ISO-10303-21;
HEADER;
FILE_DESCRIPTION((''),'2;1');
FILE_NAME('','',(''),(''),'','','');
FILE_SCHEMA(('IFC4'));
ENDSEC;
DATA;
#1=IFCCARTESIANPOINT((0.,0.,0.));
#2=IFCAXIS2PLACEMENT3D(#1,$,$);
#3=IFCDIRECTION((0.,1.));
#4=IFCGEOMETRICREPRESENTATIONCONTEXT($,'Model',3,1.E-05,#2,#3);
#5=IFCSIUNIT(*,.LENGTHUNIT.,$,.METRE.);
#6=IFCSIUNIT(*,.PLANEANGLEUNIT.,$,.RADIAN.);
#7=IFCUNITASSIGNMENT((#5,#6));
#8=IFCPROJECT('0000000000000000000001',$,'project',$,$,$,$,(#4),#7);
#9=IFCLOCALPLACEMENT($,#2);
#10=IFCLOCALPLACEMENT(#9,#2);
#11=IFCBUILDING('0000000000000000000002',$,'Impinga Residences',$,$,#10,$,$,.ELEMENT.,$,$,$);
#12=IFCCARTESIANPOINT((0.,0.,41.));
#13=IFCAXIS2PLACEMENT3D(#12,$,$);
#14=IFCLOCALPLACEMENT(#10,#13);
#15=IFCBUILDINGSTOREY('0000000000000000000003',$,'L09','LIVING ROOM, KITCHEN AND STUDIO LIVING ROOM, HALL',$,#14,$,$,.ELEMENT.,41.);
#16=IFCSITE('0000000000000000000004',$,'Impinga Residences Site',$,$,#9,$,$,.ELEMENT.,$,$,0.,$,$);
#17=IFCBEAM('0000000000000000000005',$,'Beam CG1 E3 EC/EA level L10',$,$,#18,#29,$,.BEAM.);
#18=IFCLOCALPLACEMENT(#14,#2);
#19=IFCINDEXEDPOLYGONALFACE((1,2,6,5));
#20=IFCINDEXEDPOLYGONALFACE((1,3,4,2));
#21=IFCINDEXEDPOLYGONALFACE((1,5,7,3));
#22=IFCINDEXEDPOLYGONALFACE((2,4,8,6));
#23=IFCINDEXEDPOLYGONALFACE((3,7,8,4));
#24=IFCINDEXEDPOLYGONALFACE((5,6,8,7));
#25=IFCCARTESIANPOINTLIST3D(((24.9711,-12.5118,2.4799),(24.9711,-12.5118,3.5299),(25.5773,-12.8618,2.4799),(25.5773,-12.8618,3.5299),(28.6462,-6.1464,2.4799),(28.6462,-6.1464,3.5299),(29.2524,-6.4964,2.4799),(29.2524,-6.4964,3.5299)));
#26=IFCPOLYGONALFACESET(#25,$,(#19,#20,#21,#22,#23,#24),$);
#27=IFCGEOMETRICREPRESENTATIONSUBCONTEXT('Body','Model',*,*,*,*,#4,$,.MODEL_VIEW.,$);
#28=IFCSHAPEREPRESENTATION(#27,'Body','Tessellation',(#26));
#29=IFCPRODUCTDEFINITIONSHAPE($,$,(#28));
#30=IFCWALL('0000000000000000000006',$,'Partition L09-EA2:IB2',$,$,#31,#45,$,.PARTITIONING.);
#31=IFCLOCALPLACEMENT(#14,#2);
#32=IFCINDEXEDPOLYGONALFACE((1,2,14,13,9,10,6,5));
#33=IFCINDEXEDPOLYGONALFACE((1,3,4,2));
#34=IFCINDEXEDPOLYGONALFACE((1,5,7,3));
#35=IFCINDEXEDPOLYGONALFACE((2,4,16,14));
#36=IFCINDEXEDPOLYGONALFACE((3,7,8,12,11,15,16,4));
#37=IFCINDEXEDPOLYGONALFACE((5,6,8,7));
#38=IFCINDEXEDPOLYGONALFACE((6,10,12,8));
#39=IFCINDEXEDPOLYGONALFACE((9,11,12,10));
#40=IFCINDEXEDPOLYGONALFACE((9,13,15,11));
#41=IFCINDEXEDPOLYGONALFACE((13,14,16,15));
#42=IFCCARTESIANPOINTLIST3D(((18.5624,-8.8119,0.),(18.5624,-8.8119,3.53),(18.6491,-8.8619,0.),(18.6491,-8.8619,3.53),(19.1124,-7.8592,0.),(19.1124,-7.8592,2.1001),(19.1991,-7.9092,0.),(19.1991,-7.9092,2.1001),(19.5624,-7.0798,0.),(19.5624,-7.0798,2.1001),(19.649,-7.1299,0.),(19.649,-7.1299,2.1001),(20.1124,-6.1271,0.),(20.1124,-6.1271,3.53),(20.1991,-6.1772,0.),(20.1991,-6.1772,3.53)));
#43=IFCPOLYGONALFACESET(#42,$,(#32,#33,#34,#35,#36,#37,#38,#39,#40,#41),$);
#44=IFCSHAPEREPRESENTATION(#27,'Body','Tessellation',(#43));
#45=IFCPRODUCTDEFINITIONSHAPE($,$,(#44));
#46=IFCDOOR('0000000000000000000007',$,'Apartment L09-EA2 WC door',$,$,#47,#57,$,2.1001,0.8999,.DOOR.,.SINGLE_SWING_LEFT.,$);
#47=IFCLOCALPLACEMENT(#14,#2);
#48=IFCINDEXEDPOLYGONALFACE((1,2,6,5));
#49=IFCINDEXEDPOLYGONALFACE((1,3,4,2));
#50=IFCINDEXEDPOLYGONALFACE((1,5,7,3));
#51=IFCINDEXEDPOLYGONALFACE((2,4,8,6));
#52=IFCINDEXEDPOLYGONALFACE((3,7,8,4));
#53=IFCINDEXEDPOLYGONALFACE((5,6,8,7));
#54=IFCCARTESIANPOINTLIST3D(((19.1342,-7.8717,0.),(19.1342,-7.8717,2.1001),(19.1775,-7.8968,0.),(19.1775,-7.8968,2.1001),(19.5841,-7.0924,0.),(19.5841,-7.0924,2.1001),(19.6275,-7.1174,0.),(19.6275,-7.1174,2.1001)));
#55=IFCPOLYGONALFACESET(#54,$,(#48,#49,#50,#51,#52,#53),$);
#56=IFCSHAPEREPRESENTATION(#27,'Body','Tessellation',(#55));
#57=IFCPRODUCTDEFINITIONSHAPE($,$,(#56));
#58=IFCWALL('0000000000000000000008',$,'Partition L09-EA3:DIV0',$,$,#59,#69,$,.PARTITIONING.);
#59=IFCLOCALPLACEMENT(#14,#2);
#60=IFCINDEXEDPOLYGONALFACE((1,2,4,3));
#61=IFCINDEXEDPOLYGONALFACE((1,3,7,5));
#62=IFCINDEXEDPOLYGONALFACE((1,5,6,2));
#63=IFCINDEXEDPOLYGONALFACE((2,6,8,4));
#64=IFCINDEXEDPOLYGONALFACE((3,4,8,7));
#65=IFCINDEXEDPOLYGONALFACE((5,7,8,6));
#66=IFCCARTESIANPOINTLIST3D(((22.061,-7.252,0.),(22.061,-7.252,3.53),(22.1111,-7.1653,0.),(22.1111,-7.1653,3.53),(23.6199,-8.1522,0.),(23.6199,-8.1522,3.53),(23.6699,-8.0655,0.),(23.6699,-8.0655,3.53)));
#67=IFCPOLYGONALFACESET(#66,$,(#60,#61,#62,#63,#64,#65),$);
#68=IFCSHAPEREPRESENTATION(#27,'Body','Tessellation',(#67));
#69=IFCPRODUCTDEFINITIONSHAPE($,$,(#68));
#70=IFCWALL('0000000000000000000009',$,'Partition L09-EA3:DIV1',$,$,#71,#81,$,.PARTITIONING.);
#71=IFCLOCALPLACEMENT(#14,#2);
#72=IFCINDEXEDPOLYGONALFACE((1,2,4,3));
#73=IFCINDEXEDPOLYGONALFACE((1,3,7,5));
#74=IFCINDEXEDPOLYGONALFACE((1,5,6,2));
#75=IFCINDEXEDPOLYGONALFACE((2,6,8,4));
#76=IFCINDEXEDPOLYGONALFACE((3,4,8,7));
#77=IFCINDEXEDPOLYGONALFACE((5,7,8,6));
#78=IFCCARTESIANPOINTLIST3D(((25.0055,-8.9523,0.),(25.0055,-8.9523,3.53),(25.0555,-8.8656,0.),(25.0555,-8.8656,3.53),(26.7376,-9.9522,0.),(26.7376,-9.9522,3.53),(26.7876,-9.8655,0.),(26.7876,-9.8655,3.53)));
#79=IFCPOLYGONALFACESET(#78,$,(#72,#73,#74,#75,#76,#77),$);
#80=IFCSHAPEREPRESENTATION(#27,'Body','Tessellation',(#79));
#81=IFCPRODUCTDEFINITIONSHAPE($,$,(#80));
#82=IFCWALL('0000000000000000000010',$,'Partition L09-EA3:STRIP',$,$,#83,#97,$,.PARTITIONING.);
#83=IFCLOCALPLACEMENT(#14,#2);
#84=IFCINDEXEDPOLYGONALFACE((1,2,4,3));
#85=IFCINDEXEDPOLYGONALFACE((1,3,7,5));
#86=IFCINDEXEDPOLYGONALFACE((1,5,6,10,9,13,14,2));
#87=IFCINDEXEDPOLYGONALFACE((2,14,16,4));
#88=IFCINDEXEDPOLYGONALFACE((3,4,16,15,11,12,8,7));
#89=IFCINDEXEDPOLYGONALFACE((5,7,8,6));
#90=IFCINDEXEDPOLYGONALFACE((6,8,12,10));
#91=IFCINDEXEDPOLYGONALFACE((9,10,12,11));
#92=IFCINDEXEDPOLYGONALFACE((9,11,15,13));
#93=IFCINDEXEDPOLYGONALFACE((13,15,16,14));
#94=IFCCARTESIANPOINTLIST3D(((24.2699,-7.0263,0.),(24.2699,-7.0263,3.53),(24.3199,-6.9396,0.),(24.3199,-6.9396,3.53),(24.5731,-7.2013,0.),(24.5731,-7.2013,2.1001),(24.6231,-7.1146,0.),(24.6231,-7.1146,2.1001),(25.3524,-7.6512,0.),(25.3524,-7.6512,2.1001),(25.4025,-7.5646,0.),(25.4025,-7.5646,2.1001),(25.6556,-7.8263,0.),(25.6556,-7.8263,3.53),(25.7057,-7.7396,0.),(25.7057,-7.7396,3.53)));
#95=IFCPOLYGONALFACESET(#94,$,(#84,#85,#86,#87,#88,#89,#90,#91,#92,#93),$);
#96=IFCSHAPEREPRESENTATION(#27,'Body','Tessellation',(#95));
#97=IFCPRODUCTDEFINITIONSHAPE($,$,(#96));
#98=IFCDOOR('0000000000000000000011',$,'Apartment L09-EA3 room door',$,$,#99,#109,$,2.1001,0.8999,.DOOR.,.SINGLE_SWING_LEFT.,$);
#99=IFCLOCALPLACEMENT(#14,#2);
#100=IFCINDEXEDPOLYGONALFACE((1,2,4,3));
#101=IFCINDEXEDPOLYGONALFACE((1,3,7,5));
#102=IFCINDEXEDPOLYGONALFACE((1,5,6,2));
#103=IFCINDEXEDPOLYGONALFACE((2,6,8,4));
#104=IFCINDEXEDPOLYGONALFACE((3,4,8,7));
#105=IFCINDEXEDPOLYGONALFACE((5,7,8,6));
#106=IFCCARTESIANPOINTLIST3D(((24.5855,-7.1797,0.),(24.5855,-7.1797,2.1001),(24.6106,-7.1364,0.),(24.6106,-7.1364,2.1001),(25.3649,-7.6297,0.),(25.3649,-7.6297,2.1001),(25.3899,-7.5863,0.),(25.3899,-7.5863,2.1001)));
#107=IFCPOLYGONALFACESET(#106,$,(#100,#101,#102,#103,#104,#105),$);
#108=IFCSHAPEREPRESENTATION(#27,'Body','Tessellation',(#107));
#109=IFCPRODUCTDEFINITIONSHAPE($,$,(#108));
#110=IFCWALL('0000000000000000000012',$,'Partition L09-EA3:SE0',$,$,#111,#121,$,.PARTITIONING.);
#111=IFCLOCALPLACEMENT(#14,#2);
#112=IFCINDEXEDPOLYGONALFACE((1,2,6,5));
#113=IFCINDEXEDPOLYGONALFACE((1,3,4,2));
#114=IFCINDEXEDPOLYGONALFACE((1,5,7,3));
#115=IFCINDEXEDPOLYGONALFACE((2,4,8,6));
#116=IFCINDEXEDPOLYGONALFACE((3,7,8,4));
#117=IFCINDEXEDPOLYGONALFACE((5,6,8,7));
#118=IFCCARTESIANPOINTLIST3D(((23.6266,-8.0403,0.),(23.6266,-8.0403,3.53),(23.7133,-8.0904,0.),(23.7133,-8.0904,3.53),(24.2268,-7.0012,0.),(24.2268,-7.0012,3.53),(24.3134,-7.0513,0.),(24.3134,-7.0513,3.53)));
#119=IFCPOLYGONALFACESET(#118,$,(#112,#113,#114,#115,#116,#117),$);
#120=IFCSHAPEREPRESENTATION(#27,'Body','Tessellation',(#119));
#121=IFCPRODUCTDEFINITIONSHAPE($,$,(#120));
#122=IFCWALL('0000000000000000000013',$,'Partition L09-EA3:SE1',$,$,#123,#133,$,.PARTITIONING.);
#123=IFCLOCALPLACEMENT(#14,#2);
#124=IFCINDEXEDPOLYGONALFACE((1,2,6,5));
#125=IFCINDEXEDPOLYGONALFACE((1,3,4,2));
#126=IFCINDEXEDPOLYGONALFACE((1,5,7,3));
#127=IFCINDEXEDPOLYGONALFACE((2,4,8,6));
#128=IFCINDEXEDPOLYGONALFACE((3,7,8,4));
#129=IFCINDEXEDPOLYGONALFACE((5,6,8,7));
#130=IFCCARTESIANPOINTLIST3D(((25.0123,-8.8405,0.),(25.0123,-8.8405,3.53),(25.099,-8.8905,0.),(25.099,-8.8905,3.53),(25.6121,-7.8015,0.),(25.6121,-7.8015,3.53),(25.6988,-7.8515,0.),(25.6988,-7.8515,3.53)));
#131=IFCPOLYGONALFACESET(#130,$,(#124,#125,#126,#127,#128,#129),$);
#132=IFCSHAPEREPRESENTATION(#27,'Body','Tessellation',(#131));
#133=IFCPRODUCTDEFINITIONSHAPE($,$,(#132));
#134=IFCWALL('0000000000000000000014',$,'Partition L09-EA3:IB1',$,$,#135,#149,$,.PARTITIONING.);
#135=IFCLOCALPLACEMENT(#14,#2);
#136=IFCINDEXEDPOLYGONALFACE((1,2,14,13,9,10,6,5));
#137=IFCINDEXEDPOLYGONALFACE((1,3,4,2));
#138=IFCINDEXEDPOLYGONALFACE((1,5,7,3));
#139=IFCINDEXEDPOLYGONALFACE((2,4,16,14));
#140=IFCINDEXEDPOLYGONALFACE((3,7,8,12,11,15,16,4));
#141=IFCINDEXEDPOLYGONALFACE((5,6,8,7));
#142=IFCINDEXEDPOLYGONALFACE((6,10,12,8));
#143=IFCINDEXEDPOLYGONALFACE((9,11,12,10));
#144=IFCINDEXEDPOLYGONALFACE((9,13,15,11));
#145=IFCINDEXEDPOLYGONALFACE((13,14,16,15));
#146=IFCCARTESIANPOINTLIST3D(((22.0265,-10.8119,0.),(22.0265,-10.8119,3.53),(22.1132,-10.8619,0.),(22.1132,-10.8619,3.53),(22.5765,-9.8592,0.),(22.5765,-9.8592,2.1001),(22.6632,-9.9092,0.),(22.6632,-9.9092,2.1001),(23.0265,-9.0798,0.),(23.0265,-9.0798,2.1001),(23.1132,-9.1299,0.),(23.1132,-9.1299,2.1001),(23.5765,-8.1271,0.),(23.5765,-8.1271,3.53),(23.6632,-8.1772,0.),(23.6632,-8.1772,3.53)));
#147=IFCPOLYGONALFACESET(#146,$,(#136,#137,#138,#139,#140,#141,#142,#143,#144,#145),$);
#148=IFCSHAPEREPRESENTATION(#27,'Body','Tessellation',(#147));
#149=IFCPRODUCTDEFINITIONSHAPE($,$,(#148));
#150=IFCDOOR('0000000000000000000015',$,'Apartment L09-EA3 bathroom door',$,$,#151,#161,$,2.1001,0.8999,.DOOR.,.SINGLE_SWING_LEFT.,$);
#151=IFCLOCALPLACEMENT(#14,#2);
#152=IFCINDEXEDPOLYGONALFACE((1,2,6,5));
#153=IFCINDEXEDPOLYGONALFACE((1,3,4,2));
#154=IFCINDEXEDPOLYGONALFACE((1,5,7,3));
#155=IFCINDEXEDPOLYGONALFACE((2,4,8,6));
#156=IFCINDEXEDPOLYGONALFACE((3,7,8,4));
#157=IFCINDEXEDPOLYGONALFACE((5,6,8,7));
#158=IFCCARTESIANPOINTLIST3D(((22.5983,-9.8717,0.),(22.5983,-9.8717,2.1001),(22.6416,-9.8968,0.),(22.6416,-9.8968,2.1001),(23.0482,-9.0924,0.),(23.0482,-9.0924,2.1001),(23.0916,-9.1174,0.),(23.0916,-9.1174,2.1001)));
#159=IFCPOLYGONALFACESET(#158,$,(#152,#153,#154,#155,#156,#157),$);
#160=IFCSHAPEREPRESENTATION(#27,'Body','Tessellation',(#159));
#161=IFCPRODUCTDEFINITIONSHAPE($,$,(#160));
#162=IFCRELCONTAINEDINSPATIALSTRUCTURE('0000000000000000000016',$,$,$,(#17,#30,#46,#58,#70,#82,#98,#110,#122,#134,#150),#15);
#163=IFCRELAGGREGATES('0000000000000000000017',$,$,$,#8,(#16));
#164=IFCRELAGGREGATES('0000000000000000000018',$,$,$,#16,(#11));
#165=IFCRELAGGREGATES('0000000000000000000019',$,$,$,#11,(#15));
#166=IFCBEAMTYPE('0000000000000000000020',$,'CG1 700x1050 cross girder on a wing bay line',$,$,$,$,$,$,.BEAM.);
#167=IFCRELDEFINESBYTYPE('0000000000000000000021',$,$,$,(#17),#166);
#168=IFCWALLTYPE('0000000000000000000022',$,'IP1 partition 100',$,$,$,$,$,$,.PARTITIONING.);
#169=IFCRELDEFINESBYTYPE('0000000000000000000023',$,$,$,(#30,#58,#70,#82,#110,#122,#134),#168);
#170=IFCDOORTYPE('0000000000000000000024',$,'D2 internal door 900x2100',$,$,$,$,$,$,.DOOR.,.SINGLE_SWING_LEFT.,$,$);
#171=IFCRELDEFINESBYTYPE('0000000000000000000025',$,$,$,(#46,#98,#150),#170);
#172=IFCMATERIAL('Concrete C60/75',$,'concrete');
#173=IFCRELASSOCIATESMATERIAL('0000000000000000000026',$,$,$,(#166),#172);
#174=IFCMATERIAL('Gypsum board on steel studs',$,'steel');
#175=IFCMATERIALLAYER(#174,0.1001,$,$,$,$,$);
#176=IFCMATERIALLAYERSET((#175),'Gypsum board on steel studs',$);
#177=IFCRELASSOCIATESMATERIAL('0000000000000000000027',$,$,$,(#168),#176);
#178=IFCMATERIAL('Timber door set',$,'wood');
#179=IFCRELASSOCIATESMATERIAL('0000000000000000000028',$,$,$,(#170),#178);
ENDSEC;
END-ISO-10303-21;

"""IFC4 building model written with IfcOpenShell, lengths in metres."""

from ifc_helpers import new_model, si_unit, direction, frame, frame_2d, origin, origin_2d, place, context, subcontext, project, spatial, rectangle, extrude, material, layer, layer_set, material_profile, profile_set, type_object, element, fill, save


model = new_model("IFC4")

# Units and contexts
model_context = context("Model", 3, precision=1e-05, world=origin(), true_north=direction((0.0, 1.0)))
body_context = subcontext(model_context, "Body", "Model", "MODEL_VIEW")
ifc_project = project(units=[si_unit("LENGTHUNIT", "METRE"), si_unit("PLANEANGLEUNIT", "RADIAN")], contexts=[model_context])

# Site, building, storey
site_placement = place(None, origin())
site = spatial("IfcSite", under=ifc_project, at=site_placement, Name="Impinga Residences Site", CompositionType="ELEMENT", RefElevation=0.0)
building_placement = place(site_placement, origin())
building = spatial("IfcBuilding", under=site, at=building_placement, Name="Impinga Residences", CompositionType="ELEMENT")
storey_placement = place(building_placement, frame((0.0, 0.0, 41.0)))
storey = spatial("IfcBuildingStorey", under=building, at=storey_placement, Name="L09", Description="LIVING ROOM, KITCHEN AND STUDIO LIVING ROOM, HALL", CompositionType="ELEMENT", Elevation=41.0)

# Beam
ifc_material_1 = material(Name="Concrete C60/75", Category="concrete")
ifc_material_profile = material_profile(ifc_material_1, rectangle(XDim=0.7, YDim=1.05, at=origin_2d()), Name="RC 700x1050")
ifc_profile_set = profile_set([ifc_material_profile], Name="Concrete C60/75")
beam_type = type_object("IfcBeamType", Name="CG1 700x1050 cross girder on a wing bay line", PredefinedType="BEAM", material=ifc_profile_set)
beam_placement = place(storey_placement, frame((25.2742, -12.6868, 3.0049), z_axis=(0.500008, 0.866021, 0.0), x_axis=(-0.866021, 0.500008, 0.0)))
element("IfcBeam", 1, at=beam_placement, inside=storey, type_object=beam_type, Name="Beam CG1 E3 EC/EA level L10", PredefinedType="BEAM", context=body_context, shape_type="SweptSolid", body=[
    extrude(rectangle(XDim=0.7, YDim=1.05, at=origin_2d()), origin(), (0.0, 0.0, 1.0), 7.3501),
])

# Wall, opening, door
ifc_material_2 = material(Name="Gypsum board on steel studs", Category="steel")
ifc_layer_1 = layer(ifc_material_2, 0.1001)
ifc_layer_set_1 = layer_set([ifc_layer_1], Name="Gypsum board on steel studs")
wall_type_1 = type_object("IfcWallType", Name="IP1 partition 100", PredefinedType="PARTITIONING", material=ifc_layer_set_1)
wall_1_placement = place(storey_placement, frame((18.6057, -8.8369, 0.0), z_axis=(0.0, 0.0, 1.0), x_axis=(0.499993, 0.86603, 0.0)))
wall_1 = element("IfcWall", 2, at=wall_1_placement, inside=storey, type_object=wall_type_1, Name="Partition L09-EA2:IB2", PredefinedType="PARTITIONING", context=body_context, shape_type="SweptSolid", body=[
    extrude(rectangle(XDim=3.1001, YDim=0.1001, at=frame_2d((1.55, 0.0))), origin(), (0.0, 0.0, 1.0), 3.53),
])
opening_1_placement = place(wall_1_placement, frame((1.1001, 0.0, 0.0)))
opening_1 = element("IfcOpeningElement", 3, at=opening_1_placement, cuts=wall_1, PredefinedType="OPENING", context=body_context, shape_type="SweptSolid", body=[
    extrude(rectangle(XDim=0.8999, YDim=2.1001, at=frame_2d((0.45, 1.05))), frame((0.0, 0.0601, 0.0), z_axis=(0.0, -1.0, 0.0), x_axis=(1.0, 0.0, 0.0)), (0.0, 0.0, 1.0), 0.1201),
])
ifc_material_3 = material(Name="Timber door set", Category="wood")
door_type = type_object("IfcDoorType", Name="D2 internal door 900x2100", OperationType="SINGLE_SWING_LEFT", PredefinedType="DOOR", material=ifc_material_3)
door_1_placement = place(opening_1_placement, origin())
door_1 = element("IfcDoor", 4, at=door_1_placement, inside=storey, type_object=door_type, Name="Apartment L09-EA2 WC door", OperationType="SINGLE_SWING_LEFT", OverallHeight=2.1001, OverallWidth=0.8999, PredefinedType="DOOR", context=body_context, shape_type="SweptSolid", body=[
    extrude(rectangle(XDim=0.8999, YDim=2.1001, at=frame_2d((0.45, 1.05))), frame((0.0, 0.0249, 0.0), z_axis=(0.0, -1.0, 0.0), x_axis=(1.0, 0.0, 0.0)), (0.0, 0.0, 1.0), 0.05),
])
fill(opening_1, door_1)

# Walls
wall_2_placement = place(storey_placement, frame((22.0862, -7.2087, 0.0), z_axis=(0.0, 0.0, 1.0), x_axis=(0.865989, -0.500063, 0.0)))
element("IfcWall", 5, at=wall_2_placement, inside=storey, type_object=wall_type_1, Name="Partition L09-EA3:DIV0", PredefinedType="PARTITIONING", context=body_context, shape_type="SweptSolid", body=[
    extrude(rectangle(XDim=1.8, YDim=0.1001, at=frame_2d((0.8999, 0.0))), origin(), (0.0, 0.0, 1.0), 3.53),
])
wall_3_placement = place(storey_placement, frame((25.0305, -8.9089, 0.0), z_axis=(0.0, 0.0, 1.0), x_axis=(0.866041, -0.499973, 0.0)))
element("IfcWall", 6, at=wall_3_placement, inside=storey, type_object=wall_type_1, Name="Partition L09-EA3:DIV1", PredefinedType="PARTITIONING", context=body_context, shape_type="SweptSolid", body=[
    extrude(rectangle(XDim=2.0, YDim=0.1001, at=frame_2d((1.0, 0.0))), origin(), (0.0, 0.0, 1.0), 3.53),
])

# Wall, opening, door
wall_4_placement = place(storey_placement, frame((24.2949, -6.9829, 0.0), z_axis=(0.0, 0.0, 1.0), x_axis=(0.866028, -0.499995, 0.0)))
wall_4 = element("IfcWall", 7, at=wall_4_placement, inside=storey, type_object=wall_type_1, Name="Partition L09-EA3:STRIP", PredefinedType="PARTITIONING", context=body_context, shape_type="SweptSolid", body=[
    extrude(rectangle(XDim=1.6001, YDim=0.1001, at=frame_2d((0.8, 0.0))), origin(), (0.0, 0.0, 1.0), 3.53),
])
opening_2_placement = place(wall_4_placement, frame((0.3501, 0.0, 0.0)))
opening_2 = element("IfcOpeningElement", 8, at=opening_2_placement, cuts=wall_4, PredefinedType="OPENING", context=body_context, shape_type="SweptSolid", body=[
    extrude(rectangle(XDim=0.8999, YDim=2.1001, at=frame_2d((0.45, 1.05))), frame((0.0, 0.0601, 0.0), z_axis=(0.0, -1.0, 0.0), x_axis=(1.0, 0.0, 0.0)), (0.0, 0.0, 1.0), 0.1201),
])
door_2_placement = place(opening_2_placement, origin())
door_2 = element("IfcDoor", 9, at=door_2_placement, inside=storey, type_object=door_type, Name="Apartment L09-EA3 room door", OperationType="SINGLE_SWING_LEFT", OverallHeight=2.1001, OverallWidth=0.8999, PredefinedType="DOOR", context=body_context, shape_type="SweptSolid", body=[
    extrude(rectangle(XDim=0.8999, YDim=2.1001, at=frame_2d((0.45, 1.05))), frame((0.0, 0.0249, 0.0), z_axis=(0.0, -1.0, 0.0), x_axis=(1.0, 0.0, 0.0)), (0.0, 0.0, 1.0), 0.05),
])
fill(opening_2, door_2)

# Walls
wall_5_placement = place(storey_placement, frame((23.6699, -8.0654, 0.0), z_axis=(0.0, 0.0, 1.0), x_axis=(0.500122, 0.865955, 0.0)))
element("IfcWall", 10, at=wall_5_placement, inside=storey, type_object=wall_type_1, Name="Partition L09-EA3:SE0", PredefinedType="PARTITIONING", context=body_context, shape_type="SweptSolid", body=[
    extrude(rectangle(XDim=1.2, YDim=0.1001, at=frame_2d((0.6001, 0.0))), origin(), (0.0, 0.0, 1.0), 3.53),
])
wall_6_placement = place(storey_placement, frame((25.0557, -8.8655, 0.0), z_axis=(0.0, 0.0, 1.0), x_axis=(0.499969, 0.866043, 0.0)))
element("IfcWall", 11, at=wall_6_placement, inside=storey, type_object=wall_type_1, Name="Partition L09-EA3:SE1", PredefinedType="PARTITIONING", context=body_context, shape_type="SweptSolid", body=[
    extrude(rectangle(XDim=1.1997, YDim=0.1001, at=frame_2d((0.5999, 0.0))), origin(), (0.0, 0.0, 1.0), 3.53),
])

# Wall, opening, door
wall_7_placement = place(storey_placement, frame((22.0698, -10.8369, 0.0), z_axis=(0.0, 0.0, 1.0), x_axis=(0.499993, 0.86603, 0.0)))
wall_7 = element("IfcWall", 12, at=wall_7_placement, inside=storey, type_object=wall_type_1, Name="Partition L09-EA3:IB1", PredefinedType="PARTITIONING", context=body_context, shape_type="SweptSolid", body=[
    extrude(rectangle(XDim=3.1001, YDim=0.1001, at=frame_2d((1.55, 0.0))), origin(), (0.0, 0.0, 1.0), 3.53),
])
opening_3_placement = place(wall_7_placement, frame((1.1001, 0.0, 0.0)))
opening_3 = element("IfcOpeningElement", 13, at=opening_3_placement, cuts=wall_7, PredefinedType="OPENING", context=body_context, shape_type="SweptSolid", body=[
    extrude(rectangle(XDim=0.8999, YDim=2.1001, at=frame_2d((0.45, 1.05))), frame((0.0, 0.0601, 0.0), z_axis=(0.0, -1.0, 0.0), x_axis=(1.0, 0.0, 0.0)), (0.0, 0.0, 1.0), 0.1201),
])
door_3_placement = place(opening_3_placement, origin())
door_3 = element("IfcDoor", 14, at=door_3_placement, inside=storey, type_object=door_type, Name="Apartment L09-EA3 bathroom door", OperationType="SINGLE_SWING_LEFT", OverallHeight=2.1001, OverallWidth=0.8999, PredefinedType="DOOR", context=body_context, shape_type="SweptSolid", body=[
    extrude(rectangle(XDim=0.8999, YDim=2.1001, at=frame_2d((0.45, 1.05))), frame((0.0, 0.0249, 0.0), z_axis=(0.0, -1.0, 0.0), x_axis=(1.0, 0.0, 0.0)), (0.0, 0.0, 1.0), 0.05),
])
fill(opening_3, door_3)

save(model, "model.ifc")
